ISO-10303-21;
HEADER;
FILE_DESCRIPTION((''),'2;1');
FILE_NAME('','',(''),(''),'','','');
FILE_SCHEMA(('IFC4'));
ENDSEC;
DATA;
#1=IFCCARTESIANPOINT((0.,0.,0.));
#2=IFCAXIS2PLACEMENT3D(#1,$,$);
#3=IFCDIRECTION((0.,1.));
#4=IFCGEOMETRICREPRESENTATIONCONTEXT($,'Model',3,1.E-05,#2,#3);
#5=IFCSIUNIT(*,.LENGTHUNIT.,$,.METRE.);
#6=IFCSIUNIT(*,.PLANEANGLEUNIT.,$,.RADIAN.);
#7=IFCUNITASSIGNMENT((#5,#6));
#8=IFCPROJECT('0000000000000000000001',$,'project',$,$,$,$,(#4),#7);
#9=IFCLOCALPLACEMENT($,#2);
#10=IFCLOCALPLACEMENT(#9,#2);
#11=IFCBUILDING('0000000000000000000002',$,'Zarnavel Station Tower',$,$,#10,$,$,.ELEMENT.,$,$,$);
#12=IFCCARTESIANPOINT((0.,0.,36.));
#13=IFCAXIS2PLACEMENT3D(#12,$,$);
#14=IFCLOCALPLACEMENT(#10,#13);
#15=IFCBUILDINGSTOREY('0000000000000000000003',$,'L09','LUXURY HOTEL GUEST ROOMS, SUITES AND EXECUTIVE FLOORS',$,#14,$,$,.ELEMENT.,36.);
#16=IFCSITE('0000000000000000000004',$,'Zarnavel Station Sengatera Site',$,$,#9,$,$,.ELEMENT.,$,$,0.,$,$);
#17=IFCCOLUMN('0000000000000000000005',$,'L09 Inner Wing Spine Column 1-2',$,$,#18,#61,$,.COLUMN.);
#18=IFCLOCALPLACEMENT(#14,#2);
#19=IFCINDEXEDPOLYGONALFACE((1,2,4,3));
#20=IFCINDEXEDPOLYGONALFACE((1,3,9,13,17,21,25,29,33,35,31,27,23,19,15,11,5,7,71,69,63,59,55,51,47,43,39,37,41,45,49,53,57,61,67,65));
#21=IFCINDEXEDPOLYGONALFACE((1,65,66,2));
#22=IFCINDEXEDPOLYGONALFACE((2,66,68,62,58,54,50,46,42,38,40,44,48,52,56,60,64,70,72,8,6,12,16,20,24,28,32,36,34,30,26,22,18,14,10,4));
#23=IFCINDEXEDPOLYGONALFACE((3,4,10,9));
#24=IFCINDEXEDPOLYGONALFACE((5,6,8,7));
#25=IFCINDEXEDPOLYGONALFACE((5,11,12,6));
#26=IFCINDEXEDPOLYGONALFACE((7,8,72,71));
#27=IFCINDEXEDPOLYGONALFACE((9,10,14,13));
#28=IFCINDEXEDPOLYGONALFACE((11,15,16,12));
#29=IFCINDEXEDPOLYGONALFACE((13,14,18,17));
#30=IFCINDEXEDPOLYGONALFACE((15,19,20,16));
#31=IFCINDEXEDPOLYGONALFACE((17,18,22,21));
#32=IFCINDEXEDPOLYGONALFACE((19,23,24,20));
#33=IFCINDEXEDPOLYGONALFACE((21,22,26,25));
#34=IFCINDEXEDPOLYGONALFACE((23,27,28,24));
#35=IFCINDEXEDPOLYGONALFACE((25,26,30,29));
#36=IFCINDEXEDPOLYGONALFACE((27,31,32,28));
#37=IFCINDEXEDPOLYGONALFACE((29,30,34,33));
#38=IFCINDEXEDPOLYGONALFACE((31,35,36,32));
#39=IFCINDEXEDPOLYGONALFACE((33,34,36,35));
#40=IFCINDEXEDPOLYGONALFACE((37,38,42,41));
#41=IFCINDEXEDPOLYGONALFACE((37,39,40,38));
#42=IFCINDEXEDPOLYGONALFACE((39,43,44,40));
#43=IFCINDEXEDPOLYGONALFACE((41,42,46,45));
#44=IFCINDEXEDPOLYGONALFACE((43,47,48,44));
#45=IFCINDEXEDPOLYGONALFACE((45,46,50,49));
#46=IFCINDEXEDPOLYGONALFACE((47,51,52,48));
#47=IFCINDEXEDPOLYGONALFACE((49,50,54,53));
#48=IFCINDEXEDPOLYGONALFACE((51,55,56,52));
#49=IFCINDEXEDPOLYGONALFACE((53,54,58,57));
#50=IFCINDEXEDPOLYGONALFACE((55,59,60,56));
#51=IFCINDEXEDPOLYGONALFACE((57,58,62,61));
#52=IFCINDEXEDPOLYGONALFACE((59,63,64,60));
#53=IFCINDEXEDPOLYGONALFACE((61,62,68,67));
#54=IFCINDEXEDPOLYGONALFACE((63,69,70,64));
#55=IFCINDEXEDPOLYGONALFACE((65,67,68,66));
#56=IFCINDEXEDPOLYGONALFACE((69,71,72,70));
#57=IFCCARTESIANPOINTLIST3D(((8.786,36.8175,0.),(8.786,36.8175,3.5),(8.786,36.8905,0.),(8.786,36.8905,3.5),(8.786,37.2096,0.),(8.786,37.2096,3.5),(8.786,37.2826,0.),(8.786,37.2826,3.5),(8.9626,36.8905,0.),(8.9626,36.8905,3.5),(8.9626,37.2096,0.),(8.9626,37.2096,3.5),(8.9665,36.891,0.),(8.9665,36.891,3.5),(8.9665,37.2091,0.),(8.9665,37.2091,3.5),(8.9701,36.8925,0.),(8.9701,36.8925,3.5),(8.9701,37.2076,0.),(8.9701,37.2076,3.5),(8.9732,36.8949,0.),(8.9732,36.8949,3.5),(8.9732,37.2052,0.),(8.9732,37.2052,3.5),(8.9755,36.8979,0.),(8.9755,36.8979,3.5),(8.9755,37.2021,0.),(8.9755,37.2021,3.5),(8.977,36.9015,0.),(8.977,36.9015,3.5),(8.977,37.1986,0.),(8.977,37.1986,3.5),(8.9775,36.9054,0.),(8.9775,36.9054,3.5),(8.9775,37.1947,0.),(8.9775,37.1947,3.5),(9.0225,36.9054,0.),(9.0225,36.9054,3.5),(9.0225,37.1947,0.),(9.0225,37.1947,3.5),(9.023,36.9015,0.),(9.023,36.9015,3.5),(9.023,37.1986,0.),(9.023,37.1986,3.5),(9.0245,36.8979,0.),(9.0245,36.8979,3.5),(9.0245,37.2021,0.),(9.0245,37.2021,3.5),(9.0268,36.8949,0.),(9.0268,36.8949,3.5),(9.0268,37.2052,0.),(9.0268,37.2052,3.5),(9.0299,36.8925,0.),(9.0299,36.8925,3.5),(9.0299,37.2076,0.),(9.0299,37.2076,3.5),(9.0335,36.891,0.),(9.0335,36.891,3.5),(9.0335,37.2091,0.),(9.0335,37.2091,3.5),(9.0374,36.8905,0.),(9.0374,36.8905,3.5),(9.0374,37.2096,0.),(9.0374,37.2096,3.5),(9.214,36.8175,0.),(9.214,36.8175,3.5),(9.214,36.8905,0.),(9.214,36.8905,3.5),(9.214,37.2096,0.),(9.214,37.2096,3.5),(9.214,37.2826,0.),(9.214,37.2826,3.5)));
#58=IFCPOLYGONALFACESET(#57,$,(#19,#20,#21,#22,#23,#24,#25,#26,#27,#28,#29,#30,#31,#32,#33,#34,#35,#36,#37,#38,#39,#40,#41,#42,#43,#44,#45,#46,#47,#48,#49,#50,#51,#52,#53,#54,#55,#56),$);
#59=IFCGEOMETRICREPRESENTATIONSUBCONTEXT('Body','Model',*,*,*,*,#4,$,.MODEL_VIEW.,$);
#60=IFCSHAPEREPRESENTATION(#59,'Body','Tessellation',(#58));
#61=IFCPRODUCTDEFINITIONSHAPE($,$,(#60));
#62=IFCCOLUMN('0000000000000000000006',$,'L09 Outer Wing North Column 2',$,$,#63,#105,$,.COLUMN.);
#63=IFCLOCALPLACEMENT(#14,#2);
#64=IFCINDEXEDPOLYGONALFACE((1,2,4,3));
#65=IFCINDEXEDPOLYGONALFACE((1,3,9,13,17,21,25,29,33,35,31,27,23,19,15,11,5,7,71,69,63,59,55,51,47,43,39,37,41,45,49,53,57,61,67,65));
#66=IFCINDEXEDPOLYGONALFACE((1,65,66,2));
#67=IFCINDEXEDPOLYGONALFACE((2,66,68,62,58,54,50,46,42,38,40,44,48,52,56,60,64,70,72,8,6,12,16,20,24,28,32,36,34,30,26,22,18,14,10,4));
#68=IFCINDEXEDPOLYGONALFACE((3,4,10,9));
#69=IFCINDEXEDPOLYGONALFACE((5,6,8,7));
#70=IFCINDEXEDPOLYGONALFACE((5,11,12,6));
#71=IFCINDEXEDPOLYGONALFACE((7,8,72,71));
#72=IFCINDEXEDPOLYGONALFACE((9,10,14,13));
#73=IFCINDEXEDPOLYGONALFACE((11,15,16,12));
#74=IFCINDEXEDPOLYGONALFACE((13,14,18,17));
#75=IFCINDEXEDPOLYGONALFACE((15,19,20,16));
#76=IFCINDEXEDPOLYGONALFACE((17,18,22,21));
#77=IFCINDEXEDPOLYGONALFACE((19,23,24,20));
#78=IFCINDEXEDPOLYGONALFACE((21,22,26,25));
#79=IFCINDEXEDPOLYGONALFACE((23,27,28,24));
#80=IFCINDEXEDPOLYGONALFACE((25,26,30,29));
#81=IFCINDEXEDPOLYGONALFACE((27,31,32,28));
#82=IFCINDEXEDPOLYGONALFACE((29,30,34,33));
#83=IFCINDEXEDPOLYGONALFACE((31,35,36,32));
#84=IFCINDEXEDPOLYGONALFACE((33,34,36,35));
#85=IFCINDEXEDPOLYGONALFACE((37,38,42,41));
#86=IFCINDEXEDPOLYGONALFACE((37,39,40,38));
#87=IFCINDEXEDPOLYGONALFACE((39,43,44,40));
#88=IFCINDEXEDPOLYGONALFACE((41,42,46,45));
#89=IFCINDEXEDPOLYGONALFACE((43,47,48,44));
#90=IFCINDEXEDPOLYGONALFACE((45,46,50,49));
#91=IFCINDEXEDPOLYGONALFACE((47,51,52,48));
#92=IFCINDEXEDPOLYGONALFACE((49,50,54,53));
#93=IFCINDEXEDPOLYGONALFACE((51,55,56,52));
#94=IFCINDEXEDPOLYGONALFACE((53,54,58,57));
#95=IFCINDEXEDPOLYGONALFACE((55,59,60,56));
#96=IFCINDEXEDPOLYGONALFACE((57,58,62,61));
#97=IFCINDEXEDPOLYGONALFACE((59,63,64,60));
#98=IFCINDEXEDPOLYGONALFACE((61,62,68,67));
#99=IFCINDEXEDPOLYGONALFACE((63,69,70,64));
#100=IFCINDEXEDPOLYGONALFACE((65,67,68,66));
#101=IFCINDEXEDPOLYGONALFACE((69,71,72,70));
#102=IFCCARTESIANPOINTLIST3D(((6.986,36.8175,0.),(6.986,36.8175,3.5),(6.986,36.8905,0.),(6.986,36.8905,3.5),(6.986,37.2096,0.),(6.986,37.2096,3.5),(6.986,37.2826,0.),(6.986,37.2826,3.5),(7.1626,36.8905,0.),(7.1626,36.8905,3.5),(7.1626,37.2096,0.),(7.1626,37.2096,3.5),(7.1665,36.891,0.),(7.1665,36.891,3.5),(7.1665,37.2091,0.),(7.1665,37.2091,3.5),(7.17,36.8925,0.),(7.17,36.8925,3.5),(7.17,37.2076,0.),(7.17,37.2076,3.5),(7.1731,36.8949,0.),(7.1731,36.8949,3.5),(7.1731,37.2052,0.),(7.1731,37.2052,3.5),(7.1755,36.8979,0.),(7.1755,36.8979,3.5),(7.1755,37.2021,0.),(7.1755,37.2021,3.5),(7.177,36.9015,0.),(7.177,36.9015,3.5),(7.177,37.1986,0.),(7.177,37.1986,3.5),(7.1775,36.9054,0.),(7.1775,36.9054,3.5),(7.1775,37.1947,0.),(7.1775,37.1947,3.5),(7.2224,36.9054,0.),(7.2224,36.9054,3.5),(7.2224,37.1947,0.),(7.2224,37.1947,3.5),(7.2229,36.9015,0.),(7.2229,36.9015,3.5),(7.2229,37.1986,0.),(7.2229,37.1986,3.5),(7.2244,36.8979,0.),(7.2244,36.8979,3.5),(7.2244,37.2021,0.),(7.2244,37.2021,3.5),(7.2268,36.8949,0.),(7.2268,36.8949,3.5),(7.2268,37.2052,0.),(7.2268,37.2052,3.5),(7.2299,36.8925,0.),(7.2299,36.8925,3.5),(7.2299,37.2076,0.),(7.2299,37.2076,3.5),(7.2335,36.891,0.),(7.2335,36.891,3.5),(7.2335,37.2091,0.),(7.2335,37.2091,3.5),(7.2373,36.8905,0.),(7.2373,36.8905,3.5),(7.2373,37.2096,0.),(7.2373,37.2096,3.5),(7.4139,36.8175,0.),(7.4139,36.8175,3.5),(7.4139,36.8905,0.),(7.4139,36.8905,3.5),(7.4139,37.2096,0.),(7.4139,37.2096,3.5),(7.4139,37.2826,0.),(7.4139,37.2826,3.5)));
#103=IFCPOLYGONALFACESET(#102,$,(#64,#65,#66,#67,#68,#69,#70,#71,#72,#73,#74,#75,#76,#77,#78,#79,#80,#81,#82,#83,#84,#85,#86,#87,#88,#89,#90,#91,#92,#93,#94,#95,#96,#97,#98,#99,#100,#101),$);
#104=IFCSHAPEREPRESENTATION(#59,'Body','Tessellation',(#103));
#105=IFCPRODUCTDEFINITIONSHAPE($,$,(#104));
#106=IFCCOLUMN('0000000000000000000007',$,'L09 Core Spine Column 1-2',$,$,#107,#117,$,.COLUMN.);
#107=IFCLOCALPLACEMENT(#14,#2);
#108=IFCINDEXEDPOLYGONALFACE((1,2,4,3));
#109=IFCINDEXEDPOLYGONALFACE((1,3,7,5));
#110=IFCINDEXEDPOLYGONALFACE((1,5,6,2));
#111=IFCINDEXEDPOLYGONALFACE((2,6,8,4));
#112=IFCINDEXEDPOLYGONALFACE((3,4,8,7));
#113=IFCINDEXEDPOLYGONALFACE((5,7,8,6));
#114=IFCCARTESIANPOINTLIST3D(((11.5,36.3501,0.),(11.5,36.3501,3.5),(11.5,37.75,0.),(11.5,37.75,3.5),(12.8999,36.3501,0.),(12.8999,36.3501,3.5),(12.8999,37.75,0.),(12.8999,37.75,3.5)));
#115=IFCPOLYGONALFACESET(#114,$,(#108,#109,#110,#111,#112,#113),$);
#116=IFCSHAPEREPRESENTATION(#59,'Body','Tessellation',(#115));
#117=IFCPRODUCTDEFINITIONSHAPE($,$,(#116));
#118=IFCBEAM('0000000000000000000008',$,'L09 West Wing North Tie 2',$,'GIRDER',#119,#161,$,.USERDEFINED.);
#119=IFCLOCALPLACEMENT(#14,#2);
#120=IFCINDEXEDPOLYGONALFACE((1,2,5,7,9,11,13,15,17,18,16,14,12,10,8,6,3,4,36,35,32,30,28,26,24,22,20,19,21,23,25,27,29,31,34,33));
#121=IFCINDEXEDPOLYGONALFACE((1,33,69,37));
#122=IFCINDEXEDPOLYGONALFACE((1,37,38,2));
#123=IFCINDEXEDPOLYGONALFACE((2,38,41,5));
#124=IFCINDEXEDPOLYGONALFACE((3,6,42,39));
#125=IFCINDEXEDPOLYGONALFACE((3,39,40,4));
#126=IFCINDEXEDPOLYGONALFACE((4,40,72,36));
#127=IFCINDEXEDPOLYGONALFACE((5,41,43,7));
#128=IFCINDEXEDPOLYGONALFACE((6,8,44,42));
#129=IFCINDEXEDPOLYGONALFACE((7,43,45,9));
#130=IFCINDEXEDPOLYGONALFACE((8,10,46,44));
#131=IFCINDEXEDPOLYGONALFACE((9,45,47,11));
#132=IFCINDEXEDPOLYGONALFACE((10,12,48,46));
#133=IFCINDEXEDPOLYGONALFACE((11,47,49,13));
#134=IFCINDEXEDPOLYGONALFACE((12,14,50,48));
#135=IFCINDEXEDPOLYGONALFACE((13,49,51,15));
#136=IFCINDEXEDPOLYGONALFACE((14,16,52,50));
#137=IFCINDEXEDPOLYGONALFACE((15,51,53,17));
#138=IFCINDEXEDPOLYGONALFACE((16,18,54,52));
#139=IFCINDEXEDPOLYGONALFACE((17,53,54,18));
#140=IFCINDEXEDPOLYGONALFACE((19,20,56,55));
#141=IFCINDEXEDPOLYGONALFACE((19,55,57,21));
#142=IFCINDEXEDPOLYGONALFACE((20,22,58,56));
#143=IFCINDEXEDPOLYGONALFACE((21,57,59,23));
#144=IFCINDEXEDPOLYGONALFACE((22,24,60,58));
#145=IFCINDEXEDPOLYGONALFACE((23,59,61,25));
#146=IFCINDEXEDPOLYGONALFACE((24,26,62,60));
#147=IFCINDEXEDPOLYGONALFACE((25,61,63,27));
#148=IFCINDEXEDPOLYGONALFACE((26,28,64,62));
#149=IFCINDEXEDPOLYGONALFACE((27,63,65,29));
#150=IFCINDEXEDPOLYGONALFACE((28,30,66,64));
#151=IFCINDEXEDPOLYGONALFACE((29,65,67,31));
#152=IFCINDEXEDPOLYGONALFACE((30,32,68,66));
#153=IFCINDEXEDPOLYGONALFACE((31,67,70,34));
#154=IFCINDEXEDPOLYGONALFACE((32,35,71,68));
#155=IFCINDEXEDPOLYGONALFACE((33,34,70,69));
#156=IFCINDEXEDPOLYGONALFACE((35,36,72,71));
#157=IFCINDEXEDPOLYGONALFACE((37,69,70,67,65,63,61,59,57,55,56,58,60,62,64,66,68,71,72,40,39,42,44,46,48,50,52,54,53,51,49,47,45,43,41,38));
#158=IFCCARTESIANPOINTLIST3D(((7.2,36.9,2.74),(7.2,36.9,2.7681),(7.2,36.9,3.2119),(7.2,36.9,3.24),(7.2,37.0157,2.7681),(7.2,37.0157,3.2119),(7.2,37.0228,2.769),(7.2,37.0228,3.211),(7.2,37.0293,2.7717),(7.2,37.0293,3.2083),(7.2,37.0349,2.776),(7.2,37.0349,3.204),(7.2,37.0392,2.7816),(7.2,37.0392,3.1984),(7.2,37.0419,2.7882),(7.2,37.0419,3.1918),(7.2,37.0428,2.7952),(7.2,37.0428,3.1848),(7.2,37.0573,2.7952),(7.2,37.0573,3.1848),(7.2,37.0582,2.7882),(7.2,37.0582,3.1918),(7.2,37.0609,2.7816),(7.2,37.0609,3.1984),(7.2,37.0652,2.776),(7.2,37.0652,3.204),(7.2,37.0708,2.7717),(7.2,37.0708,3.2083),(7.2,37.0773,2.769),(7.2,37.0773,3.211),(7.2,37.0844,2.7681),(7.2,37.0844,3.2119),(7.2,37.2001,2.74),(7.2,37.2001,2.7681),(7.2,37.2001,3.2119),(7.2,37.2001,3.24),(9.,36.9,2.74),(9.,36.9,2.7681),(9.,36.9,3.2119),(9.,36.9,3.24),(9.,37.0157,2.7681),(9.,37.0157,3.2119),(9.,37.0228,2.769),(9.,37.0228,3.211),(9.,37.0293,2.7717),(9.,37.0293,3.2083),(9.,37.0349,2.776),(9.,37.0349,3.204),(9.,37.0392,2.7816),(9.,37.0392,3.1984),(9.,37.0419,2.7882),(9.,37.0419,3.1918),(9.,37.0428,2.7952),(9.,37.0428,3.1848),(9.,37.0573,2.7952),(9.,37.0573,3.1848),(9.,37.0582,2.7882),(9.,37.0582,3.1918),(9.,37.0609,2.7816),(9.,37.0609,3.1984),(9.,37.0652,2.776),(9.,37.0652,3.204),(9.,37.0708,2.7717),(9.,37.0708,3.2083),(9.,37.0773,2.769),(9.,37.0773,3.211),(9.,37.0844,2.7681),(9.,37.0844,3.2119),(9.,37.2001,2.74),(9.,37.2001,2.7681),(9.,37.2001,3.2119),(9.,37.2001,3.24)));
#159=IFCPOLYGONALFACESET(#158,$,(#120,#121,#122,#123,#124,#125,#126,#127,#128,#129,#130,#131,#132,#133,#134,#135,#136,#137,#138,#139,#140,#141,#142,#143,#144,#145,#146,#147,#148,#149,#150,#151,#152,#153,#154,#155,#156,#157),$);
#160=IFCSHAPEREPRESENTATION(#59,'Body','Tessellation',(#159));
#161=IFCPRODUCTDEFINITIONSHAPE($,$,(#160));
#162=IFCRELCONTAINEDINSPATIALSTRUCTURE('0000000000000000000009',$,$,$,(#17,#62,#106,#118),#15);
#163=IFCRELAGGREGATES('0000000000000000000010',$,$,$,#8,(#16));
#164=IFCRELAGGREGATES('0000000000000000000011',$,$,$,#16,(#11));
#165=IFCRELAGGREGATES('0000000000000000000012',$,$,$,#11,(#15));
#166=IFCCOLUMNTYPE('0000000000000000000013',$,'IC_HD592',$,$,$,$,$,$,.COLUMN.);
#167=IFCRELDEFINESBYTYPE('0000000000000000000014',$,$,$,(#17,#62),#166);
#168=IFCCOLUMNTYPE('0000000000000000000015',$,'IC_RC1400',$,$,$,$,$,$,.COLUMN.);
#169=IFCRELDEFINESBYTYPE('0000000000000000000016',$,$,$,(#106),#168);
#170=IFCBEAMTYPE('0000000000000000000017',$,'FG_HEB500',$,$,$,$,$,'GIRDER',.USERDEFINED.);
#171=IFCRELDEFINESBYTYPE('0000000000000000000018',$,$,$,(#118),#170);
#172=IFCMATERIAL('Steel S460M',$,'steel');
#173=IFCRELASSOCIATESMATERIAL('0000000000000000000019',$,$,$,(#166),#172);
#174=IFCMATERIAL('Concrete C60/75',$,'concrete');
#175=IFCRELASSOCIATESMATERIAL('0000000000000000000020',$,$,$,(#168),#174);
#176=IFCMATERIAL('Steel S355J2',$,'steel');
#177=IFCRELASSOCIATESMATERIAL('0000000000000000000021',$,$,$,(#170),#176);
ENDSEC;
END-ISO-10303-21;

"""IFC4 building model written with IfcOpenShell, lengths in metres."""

from ifc_helpers import new_model, si_unit, direction, frame, origin, origin_2d, place, context, subcontext, project, spatial, rectangle, i_section, extrude, material, material_profile, profile_set, type_object, element, save


model = new_model("IFC4")

# Units and contexts
model_context = context("Model", 3, precision=1e-05, world=origin(), true_north=direction((0.0, 1.0)))
body_context = subcontext(model_context, "Body", "Model", "MODEL_VIEW")
ifc_project = project(units=[si_unit("LENGTHUNIT", "METRE"), si_unit("PLANEANGLEUNIT", "RADIAN")], contexts=[model_context])

# Site, building, storey
site_placement = place(None, origin())
site = spatial("IfcSite", under=ifc_project, at=site_placement, Name="Zarnavel Station Sengatera Site", CompositionType="ELEMENT", RefElevation=0.0)
building_placement = place(site_placement, origin())
building = spatial("IfcBuilding", under=site, at=building_placement, Name="Zarnavel Station Tower", CompositionType="ELEMENT")
storey_placement = place(building_placement, frame((0.0, 0.0, 36.0)))
storey = spatial("IfcBuildingStorey", under=building, at=storey_placement, Name="L09", Description="LUXURY HOTEL GUEST ROOMS, SUITES AND EXECUTIVE FLOORS", CompositionType="ELEMENT", Elevation=36.0)

# Columns
ifc_material_1 = material(Name="Steel S460M", Category="steel")
ifc_material_profile_1 = material_profile(ifc_material_1, i_section(OverallWidth=0.428, OverallDepth=0.4651, WebThickness=0.0449, FlangeThickness=0.073, FilletRadius=0.0149, at=origin_2d()), Name="HD400x592")
ifc_profile_set_1 = profile_set([ifc_material_profile_1], Name="Steel S460M")
column_type_1 = type_object("IfcColumnType", Name="IC_HD592", PredefinedType="COLUMN", material=ifc_profile_set_1)
for number, where, z_axis, x_axis, name in (
    (1, (9.0, 37.05, 0.0), (0.0, 0.0, 1.0), (1.0, 0.0, 0.0), "L09 Inner Wing Spine Column 1-2"),
    (2, (7.2, 37.05, 0.0), (0.0, 0.0, 1.0), (1.0, 0.0, 0.0), "L09 Outer Wing North Column 2"),
):
    element("IfcColumn", number, at=place(storey_placement, frame(where, z_axis=z_axis, x_axis=x_axis)), inside=storey, type_object=column_type_1, Name=name, PredefinedType="COLUMN", context=body_context, shape_type="SweptSolid", body=[
        extrude(i_section(OverallWidth=0.428, OverallDepth=0.4651, WebThickness=0.0449, FlangeThickness=0.073, FilletRadius=0.0149, at=origin_2d()), origin(), (0.0, 0.0, 1.0), 3.5),
    ])
ifc_material_2 = material(Name="Concrete C60/75", Category="concrete")
ifc_material_profile_2 = material_profile(ifc_material_2, rectangle(XDim=1.3999, YDim=1.3999, at=origin_2d()), Name="RC1400x1400")
ifc_profile_set_2 = profile_set([ifc_material_profile_2], Name="Concrete C60/75")
column_type_2 = type_object("IfcColumnType", Name="IC_RC1400", PredefinedType="COLUMN", material=ifc_profile_set_2)
column_placement = place(storey_placement, frame((12.2, 37.05, 0.0), z_axis=(0.0, 0.0, 1.0), x_axis=(1.0, 0.0, 0.0)))
element("IfcColumn", 3, at=column_placement, inside=storey, type_object=column_type_2, Name="L09 Core Spine Column 1-2", PredefinedType="COLUMN", context=body_context, shape_type="SweptSolid", body=[
    extrude(rectangle(XDim=1.3999, YDim=1.3999, at=origin_2d()), origin(), (0.0, 0.0, 1.0), 3.5),
])

# Beam
ifc_material_3 = material(Name="Steel S355J2", Category="steel")
ifc_material_profile_3 = material_profile(ifc_material_3, i_section(OverallWidth=0.3, OverallDepth=0.5, WebThickness=0.0144, FlangeThickness=0.0281, FilletRadius=0.0271, at=origin_2d()), Name="HEB500")
ifc_profile_set_3 = profile_set([ifc_material_profile_3], Name="Steel S355J2")
beam_type = type_object("IfcBeamType", Name="FG_HEB500", ElementType="GIRDER", PredefinedType="USERDEFINED", material=ifc_profile_set_3)
beam_1_placement = place(storey_placement, frame((7.2, 37.05, 2.99), z_axis=(1.0, 0.0, 0.0), x_axis=(0.0, 1.0, 0.0)))
element("IfcBeam", 4, at=beam_1_placement, inside=storey, type_object=beam_type, Name="L09 West Wing North Tie 2", ObjectType="GIRDER", PredefinedType="USERDEFINED", context=body_context, shape_type="SweptSolid", body=[
    extrude(i_section(OverallWidth=0.3, OverallDepth=0.5, WebThickness=0.0144, FlangeThickness=0.0281, FilletRadius=0.0271, at=origin_2d()), origin(), (0.0, 0.0, 1.0), 1.8),
])

save(model, "model.ifc")
